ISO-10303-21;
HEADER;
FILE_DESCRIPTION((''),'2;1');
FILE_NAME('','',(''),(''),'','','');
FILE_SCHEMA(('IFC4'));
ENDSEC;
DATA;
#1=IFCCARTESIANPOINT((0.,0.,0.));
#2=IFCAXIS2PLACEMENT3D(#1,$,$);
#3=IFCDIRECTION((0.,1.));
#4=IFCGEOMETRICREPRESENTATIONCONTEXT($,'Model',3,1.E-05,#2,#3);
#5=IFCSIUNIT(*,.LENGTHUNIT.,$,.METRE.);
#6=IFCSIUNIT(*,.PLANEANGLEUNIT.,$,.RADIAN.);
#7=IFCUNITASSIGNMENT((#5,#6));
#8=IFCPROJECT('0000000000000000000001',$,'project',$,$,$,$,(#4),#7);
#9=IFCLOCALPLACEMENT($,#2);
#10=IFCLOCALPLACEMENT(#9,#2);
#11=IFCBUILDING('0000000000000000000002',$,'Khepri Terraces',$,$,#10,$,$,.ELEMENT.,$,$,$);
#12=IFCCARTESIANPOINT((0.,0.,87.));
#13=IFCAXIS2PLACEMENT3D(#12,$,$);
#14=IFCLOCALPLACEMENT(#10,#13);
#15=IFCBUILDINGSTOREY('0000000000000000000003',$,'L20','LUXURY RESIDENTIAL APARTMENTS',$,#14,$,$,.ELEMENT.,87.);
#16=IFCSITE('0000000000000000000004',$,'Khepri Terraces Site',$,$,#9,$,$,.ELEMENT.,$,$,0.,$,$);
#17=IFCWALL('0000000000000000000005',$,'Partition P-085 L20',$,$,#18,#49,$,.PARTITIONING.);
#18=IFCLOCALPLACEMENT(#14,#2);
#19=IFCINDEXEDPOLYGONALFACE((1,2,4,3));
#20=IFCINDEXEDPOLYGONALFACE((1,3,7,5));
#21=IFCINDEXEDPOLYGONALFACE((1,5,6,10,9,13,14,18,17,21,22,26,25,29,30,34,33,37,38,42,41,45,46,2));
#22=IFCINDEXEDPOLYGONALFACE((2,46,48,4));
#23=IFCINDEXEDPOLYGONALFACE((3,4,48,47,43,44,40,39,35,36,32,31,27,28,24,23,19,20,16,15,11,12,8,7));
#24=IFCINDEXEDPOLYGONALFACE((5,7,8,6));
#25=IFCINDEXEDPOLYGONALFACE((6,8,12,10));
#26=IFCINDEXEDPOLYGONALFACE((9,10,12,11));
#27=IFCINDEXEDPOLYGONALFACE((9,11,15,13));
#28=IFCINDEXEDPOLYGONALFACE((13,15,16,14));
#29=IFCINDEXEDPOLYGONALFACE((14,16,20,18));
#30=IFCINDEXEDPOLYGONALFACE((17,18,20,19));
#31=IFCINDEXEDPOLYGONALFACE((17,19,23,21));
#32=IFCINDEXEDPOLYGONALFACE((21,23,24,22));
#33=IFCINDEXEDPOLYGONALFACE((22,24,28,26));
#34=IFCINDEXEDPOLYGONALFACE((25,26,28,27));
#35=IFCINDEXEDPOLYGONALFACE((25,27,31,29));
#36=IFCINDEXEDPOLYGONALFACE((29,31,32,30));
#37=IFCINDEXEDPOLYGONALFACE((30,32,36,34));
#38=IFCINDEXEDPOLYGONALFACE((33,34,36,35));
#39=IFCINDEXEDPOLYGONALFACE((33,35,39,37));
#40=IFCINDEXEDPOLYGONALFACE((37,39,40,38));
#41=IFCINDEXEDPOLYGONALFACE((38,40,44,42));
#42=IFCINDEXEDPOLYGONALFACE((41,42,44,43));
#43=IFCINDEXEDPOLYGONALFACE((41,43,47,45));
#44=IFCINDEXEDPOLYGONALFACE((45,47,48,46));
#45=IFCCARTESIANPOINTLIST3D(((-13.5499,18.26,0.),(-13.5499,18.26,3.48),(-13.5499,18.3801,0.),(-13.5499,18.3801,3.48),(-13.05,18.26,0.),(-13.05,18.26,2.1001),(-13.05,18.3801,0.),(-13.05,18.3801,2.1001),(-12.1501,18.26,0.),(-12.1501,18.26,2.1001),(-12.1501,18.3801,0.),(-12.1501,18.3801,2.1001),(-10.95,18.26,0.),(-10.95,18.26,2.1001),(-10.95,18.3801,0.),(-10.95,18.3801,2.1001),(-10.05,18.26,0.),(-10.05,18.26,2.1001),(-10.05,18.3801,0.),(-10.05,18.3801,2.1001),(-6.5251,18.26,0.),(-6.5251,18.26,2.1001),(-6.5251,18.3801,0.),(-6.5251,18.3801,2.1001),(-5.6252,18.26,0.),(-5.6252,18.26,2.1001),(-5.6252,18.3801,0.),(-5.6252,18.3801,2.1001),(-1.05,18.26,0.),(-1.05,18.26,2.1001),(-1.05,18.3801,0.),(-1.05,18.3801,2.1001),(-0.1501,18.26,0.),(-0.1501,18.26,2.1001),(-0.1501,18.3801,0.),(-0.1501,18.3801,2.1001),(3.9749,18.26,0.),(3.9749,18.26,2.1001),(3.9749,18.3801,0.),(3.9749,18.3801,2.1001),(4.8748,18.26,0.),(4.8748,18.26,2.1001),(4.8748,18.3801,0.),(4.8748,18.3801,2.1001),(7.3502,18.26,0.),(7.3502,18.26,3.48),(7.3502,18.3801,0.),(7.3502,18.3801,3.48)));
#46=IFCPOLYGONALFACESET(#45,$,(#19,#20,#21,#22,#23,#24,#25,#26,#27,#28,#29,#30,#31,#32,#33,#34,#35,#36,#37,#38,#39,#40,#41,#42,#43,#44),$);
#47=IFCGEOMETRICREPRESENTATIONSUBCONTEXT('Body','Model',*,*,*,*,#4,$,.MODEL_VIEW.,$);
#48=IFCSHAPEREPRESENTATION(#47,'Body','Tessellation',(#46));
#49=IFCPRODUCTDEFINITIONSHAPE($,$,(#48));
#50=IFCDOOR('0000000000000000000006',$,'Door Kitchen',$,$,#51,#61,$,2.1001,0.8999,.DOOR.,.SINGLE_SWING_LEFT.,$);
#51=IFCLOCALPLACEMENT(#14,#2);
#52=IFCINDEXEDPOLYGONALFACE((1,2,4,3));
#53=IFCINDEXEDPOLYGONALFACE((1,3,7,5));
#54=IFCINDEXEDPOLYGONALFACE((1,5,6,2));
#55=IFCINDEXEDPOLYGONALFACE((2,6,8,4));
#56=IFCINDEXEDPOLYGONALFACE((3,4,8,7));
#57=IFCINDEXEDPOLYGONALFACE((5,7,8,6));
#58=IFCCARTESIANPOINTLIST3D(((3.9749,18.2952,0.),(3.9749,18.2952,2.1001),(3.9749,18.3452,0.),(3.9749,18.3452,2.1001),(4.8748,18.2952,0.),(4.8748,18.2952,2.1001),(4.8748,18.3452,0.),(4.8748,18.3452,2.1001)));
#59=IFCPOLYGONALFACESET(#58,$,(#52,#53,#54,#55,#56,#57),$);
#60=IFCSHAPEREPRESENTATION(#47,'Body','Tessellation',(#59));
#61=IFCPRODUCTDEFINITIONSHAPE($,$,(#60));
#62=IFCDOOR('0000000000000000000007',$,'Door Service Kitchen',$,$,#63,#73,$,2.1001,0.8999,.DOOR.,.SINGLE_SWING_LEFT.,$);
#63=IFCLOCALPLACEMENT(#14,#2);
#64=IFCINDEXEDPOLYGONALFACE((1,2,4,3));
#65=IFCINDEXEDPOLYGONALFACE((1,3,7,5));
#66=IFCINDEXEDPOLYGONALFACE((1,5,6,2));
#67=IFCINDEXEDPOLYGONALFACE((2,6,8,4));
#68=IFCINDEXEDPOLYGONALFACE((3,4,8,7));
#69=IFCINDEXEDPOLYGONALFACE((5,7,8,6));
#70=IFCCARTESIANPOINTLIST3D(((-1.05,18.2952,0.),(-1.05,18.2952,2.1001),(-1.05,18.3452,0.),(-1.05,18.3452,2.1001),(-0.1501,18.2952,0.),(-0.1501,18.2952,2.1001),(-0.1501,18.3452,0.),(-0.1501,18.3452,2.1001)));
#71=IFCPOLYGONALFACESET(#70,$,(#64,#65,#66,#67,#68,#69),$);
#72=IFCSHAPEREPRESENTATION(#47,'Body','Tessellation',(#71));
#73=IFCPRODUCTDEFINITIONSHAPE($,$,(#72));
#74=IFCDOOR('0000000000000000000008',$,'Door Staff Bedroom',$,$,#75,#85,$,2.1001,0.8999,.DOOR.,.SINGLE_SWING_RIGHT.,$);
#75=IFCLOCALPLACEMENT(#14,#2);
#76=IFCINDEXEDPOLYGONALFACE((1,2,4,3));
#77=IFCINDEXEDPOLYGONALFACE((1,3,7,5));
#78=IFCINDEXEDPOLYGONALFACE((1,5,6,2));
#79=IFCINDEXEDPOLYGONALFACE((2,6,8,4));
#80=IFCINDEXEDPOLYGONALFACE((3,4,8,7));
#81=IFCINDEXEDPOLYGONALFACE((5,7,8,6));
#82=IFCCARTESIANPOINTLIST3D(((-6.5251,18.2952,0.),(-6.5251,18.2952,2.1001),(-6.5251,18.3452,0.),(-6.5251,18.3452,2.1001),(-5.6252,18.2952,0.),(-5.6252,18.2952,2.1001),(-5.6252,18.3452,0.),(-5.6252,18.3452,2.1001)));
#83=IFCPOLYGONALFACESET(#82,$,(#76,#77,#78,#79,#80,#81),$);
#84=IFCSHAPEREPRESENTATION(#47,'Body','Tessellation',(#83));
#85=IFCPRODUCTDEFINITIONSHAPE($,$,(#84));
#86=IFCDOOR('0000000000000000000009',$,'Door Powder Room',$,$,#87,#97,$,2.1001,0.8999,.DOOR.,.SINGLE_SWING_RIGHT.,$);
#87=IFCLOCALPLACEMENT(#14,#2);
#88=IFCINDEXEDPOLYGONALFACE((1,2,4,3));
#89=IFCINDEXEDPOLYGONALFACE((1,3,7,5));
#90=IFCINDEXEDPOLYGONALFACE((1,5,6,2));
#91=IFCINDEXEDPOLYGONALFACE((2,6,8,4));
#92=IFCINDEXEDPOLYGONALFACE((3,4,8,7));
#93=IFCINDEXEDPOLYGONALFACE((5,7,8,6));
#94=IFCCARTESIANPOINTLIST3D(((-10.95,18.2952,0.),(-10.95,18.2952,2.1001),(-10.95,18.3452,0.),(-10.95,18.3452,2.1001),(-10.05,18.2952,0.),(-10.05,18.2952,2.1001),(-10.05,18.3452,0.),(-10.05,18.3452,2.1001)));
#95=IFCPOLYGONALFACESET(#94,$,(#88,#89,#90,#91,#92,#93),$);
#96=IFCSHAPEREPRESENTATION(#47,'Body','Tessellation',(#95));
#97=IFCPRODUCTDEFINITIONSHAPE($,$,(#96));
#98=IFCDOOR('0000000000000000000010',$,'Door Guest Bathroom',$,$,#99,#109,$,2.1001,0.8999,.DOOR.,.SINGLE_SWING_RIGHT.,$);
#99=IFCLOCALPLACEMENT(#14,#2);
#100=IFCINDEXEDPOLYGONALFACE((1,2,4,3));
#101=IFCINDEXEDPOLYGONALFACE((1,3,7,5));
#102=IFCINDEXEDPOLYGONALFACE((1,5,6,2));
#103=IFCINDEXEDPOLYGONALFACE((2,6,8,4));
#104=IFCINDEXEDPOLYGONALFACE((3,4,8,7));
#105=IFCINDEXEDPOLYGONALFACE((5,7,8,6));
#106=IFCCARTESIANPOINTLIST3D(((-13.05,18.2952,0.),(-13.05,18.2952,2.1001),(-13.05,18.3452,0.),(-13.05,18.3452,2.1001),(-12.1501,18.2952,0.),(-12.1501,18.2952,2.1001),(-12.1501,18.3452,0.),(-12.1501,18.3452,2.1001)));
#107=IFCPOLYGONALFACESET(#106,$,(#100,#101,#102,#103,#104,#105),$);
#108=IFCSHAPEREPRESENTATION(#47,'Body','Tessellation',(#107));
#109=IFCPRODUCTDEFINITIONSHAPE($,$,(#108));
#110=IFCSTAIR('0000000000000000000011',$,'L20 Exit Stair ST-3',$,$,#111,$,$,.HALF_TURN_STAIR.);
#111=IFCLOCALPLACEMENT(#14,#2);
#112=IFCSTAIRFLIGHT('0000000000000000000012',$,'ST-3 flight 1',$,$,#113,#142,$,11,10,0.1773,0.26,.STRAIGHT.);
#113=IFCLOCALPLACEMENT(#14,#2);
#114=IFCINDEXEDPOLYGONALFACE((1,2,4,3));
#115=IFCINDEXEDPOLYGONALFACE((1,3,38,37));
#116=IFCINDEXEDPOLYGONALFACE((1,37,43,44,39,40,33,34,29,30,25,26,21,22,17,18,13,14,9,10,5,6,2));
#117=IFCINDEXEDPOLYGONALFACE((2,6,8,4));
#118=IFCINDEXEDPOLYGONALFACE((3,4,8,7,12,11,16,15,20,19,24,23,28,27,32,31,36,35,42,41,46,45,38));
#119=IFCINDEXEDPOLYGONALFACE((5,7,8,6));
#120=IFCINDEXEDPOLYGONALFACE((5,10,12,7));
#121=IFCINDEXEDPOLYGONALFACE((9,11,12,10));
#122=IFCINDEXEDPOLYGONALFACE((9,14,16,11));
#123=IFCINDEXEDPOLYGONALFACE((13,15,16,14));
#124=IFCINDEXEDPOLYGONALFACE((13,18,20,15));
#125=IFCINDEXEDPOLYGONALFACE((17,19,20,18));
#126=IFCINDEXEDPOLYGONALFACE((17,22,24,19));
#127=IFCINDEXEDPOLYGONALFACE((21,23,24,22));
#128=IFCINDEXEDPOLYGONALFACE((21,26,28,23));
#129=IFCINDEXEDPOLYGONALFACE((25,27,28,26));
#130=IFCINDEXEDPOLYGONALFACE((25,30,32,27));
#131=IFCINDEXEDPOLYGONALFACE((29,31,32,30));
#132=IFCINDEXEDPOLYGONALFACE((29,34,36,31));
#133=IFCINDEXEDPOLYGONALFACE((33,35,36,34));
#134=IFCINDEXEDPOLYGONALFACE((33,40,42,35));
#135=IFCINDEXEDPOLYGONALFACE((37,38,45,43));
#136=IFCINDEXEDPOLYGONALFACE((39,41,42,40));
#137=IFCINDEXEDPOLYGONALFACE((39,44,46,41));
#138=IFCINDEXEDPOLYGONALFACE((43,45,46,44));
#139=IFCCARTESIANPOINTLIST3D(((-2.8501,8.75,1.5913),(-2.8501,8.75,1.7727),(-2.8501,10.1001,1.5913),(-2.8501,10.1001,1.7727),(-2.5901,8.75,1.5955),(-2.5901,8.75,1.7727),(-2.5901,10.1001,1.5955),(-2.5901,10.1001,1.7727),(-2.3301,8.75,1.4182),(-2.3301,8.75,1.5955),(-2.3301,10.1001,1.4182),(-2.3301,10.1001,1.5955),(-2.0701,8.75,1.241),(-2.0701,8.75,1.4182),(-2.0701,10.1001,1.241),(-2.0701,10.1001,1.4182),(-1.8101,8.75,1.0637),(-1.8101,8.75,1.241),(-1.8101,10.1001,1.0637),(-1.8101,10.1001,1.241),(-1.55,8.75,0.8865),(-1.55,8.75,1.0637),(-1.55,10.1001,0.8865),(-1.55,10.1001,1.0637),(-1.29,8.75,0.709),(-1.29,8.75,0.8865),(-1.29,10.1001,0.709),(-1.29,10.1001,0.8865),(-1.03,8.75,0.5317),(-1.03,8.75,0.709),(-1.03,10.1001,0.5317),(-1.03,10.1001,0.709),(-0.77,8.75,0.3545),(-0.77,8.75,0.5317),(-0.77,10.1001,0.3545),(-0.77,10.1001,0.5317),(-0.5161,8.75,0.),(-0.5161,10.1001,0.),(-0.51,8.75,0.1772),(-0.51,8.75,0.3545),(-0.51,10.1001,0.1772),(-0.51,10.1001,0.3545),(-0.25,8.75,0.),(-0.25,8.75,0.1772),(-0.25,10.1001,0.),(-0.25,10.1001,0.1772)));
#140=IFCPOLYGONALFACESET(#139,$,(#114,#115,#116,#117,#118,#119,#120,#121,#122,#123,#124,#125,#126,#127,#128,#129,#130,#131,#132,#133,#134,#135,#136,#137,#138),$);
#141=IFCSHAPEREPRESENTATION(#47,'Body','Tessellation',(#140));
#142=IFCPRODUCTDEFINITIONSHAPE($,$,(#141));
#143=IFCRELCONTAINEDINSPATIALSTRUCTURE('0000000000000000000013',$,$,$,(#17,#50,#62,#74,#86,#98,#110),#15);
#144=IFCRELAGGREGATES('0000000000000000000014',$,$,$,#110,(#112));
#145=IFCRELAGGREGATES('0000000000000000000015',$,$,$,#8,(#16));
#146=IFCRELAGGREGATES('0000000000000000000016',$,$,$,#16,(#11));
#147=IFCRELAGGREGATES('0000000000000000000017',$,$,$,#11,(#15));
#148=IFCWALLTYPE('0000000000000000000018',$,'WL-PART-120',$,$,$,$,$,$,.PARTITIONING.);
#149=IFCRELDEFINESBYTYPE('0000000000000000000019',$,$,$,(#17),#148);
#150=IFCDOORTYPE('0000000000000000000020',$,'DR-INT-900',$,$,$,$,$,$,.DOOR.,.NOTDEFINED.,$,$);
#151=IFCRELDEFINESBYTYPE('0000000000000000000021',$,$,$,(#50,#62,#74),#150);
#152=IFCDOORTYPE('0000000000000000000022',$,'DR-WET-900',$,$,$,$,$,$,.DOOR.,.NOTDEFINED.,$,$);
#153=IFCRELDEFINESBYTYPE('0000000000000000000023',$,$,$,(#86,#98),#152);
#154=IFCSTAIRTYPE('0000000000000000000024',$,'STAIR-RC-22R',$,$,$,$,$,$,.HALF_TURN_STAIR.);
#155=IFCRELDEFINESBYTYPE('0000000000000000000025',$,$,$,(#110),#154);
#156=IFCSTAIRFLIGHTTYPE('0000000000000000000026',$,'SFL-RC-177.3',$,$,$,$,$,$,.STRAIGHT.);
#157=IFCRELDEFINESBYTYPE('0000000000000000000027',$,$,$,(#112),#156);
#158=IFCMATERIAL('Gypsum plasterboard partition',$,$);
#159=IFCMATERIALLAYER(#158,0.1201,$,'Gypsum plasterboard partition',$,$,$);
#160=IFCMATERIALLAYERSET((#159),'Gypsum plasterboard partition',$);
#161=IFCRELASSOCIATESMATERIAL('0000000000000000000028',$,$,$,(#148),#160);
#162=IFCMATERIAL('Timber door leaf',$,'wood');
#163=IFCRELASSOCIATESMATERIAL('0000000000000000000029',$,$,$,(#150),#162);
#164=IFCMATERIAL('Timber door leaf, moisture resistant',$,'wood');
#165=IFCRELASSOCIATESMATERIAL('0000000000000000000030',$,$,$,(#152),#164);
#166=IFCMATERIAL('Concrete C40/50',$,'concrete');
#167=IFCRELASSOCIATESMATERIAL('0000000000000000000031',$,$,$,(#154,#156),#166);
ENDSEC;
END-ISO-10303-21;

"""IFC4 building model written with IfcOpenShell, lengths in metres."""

from ifc_helpers import new_model, si_unit, direction, frame, frame_2d, origin, place, context, subcontext, project, spatial, polyline, rectangle, outline, extrude, material, layer, layer_set, type_object, element, fill, aggregate, save


model = new_model("IFC4")

# Units and contexts
model_context = context("Model", 3, precision=1e-05, world=origin(), true_north=direction((0.0, 1.0)))
body_context = subcontext(model_context, "Body", "Model", "MODEL_VIEW")
ifc_project = project(units=[si_unit("LENGTHUNIT", "METRE"), si_unit("PLANEANGLEUNIT", "RADIAN")], contexts=[model_context])

# Site, building, storey
site_placement = place(None, origin())
site = spatial("IfcSite", under=ifc_project, at=site_placement, Name="Khepri Terraces Site", CompositionType="ELEMENT", RefElevation=0.0)
building_placement = place(site_placement, origin())
building = spatial("IfcBuilding", under=site, at=building_placement, Name="Khepri Terraces", CompositionType="ELEMENT")
storey_placement = place(building_placement, frame((0.0, 0.0, 87.0)))
storey = spatial("IfcBuildingStorey", under=building, at=storey_placement, Name="L20", Description="LUXURY RESIDENTIAL APARTMENTS", CompositionType="ELEMENT", Elevation=87.0)

# Shared definitions
ifc_material_1 = material(Name="Gypsum plasterboard partition")
ifc_layer_1 = layer(ifc_material_1, 0.1201, Name="Gypsum plasterboard partition")
ifc_layer_set_1 = layer_set([ifc_layer_1], Name="Gypsum plasterboard partition")
wall_type_1 = type_object("IfcWallType", Name="WL-PART-120", PredefinedType="PARTITIONING", material=ifc_layer_set_1)

# Wall, openings, doors
wall_1_placement = place(storey_placement, frame((-13.55, 18.3201, 0.0), z_axis=(0.0, 0.0, 1.0), x_axis=(1.0, 0.0, 0.0)))
wall_1 = element("IfcWall", 1, at=wall_1_placement, inside=storey, type_object=wall_type_1, Name="Partition P-085 L20", PredefinedType="PARTITIONING", context=body_context, shape_type="SweptSolid", body=[
    extrude(rectangle(XDim=20.9001, YDim=0.1201, at=frame_2d((10.4502, 0.0))), origin(), (0.0, 0.0, 1.0), 3.48),
])
opening_1_placement = place(wall_1_placement, frame((17.5249, 0.0, 0.0)))
opening_1 = element("IfcOpeningElement", 2, at=opening_1_placement, cuts=wall_1, PredefinedType="OPENING", context=body_context, shape_type="SweptSolid", body=[
    extrude(rectangle(XDim=0.8999, YDim=2.1001, at=frame_2d((0.45, 1.05))), frame((0.0, 0.0701, 0.0), z_axis=(0.0, -1.0, 0.0), x_axis=(1.0, 0.0, 0.0)), (0.0, 0.0, 1.0), 0.1401),
])
opening_2_placement = place(wall_1_placement, frame((12.5, 0.0, 0.0)))
opening_2 = element("IfcOpeningElement", 3, at=opening_2_placement, cuts=wall_1, PredefinedType="OPENING", context=body_context, shape_type="SweptSolid", body=[
    extrude(rectangle(XDim=0.8999, YDim=2.1001, at=frame_2d((0.45, 1.05))), frame((0.0, 0.0701, 0.0), z_axis=(0.0, -1.0, 0.0), x_axis=(1.0, 0.0, 0.0)), (0.0, 0.0, 1.0), 0.1401),
])
opening_3_placement = place(wall_1_placement, frame((7.0249, 0.0, 0.0)))
opening_3 = element("IfcOpeningElement", 4, at=opening_3_placement, cuts=wall_1, PredefinedType="OPENING", context=body_context, shape_type="SweptSolid", body=[
    extrude(rectangle(XDim=0.8999, YDim=2.1001, at=frame_2d((0.45, 1.05))), frame((0.0, 0.0701, 0.0), z_axis=(0.0, -1.0, 0.0), x_axis=(1.0, 0.0, 0.0)), (0.0, 0.0, 1.0), 0.1401),
])
opening_4_placement = place(wall_1_placement, frame((2.6001, 0.0, 0.0)))
opening_4 = element("IfcOpeningElement", 5, at=opening_4_placement, cuts=wall_1, PredefinedType="OPENING", context=body_context, shape_type="SweptSolid", body=[
    extrude(rectangle(XDim=0.8999, YDim=2.1001, at=frame_2d((0.45, 1.05))), frame((0.0, 0.0701, 0.0), z_axis=(0.0, -1.0, 0.0), x_axis=(1.0, 0.0, 0.0)), (0.0, 0.0, 1.0), 0.1401),
])
opening_5_placement = place(wall_1_placement, frame((0.5, 0.0, 0.0)))
opening_5 = element("IfcOpeningElement", 6, at=opening_5_placement, cuts=wall_1, PredefinedType="OPENING", context=body_context, shape_type="SweptSolid", body=[
    extrude(rectangle(XDim=0.8999, YDim=2.1001, at=frame_2d((0.45, 1.05))), frame((0.0, 0.0701, 0.0), z_axis=(0.0, -1.0, 0.0), x_axis=(1.0, 0.0, 0.0)), (0.0, 0.0, 1.0), 0.1401),
])
ifc_material_2 = material(Name="Timber door leaf", Category="wood")
door_type_1 = type_object("IfcDoorType", Name="DR-INT-900", OperationType="NOTDEFINED", PredefinedType="DOOR", material=ifc_material_2)
door_1_placement = place(opening_1_placement, frame((0.8999, 0.0, 0.0), z_axis=(0.0, 0.0, 1.0), x_axis=(-1.0, 0.0, 0.0)))
door_1 = element("IfcDoor", 7, at=door_1_placement, inside=storey, type_object=door_type_1, Name="Door Kitchen", OperationType="SINGLE_SWING_LEFT", OverallHeight=2.1001, OverallWidth=0.8999, PredefinedType="DOOR", context=body_context, shape_type="SweptSolid", body=[
    extrude(rectangle(XDim=0.8999, YDim=2.1001, at=frame_2d((0.45, 1.05))), frame((0.0, 0.0249, 0.0), z_axis=(0.0, -1.0, 0.0), x_axis=(1.0, 0.0, 0.0)), (0.0, 0.0, 1.0), 0.05),
])
fill(opening_1, door_1)
door_2_placement = place(opening_2_placement, frame((0.8999, 0.0, 0.0), z_axis=(0.0, 0.0, 1.0), x_axis=(-1.0, 0.0, 0.0)))
door_2 = element("IfcDoor", 8, at=door_2_placement, inside=storey, type_object=door_type_1, Name="Door Service Kitchen", OperationType="SINGLE_SWING_LEFT", OverallHeight=2.1001, OverallWidth=0.8999, PredefinedType="DOOR", context=body_context, shape_type="SweptSolid", body=[
    extrude(rectangle(XDim=0.8999, YDim=2.1001, at=frame_2d((0.45, 1.05))), frame((0.0, 0.0249, 0.0), z_axis=(0.0, -1.0, 0.0), x_axis=(1.0, 0.0, 0.0)), (0.0, 0.0, 1.0), 0.05),
])
fill(opening_2, door_2)
door_3_placement = place(opening_3_placement, frame((0.8999, 0.0, 0.0), z_axis=(0.0, 0.0, 1.0), x_axis=(-1.0, 0.0, 0.0)))
door_3 = element("IfcDoor", 9, at=door_3_placement, inside=storey, type_object=door_type_1, Name="Door Staff Bedroom", OperationType="SINGLE_SWING_RIGHT", OverallHeight=2.1001, OverallWidth=0.8999, PredefinedType="DOOR", context=body_context, shape_type="SweptSolid", body=[
    extrude(rectangle(XDim=0.8999, YDim=2.1001, at=frame_2d((0.45, 1.05))), frame((0.0, 0.0249, 0.0), z_axis=(0.0, -1.0, 0.0), x_axis=(1.0, 0.0, 0.0)), (0.0, 0.0, 1.0), 0.05),
])
fill(opening_3, door_3)
ifc_material_3 = material(Name="Timber door leaf, moisture resistant", Category="wood")
door_type_2 = type_object("IfcDoorType", Name="DR-WET-900", OperationType="NOTDEFINED", PredefinedType="DOOR", material=ifc_material_3)
door_4_placement = place(opening_4_placement, frame((0.8999, 0.0, 0.0), z_axis=(0.0, 0.0, 1.0), x_axis=(-1.0, 0.0, 0.0)))
door_4 = element("IfcDoor", 10, at=door_4_placement, inside=storey, type_object=door_type_2, Name="Door Powder Room", OperationType="SINGLE_SWING_RIGHT", OverallHeight=2.1001, OverallWidth=0.8999, PredefinedType="DOOR", context=body_context, shape_type="SweptSolid", body=[
    extrude(rectangle(XDim=0.8999, YDim=2.1001, at=frame_2d((0.45, 1.05))), frame((0.0, 0.0249, 0.0), z_axis=(0.0, -1.0, 0.0), x_axis=(1.0, 0.0, 0.0)), (0.0, 0.0, 1.0), 0.05),
])
fill(opening_4, door_4)
door_5_placement = place(opening_5_placement, frame((0.8999, 0.0, 0.0), z_axis=(0.0, 0.0, 1.0), x_axis=(-1.0, 0.0, 0.0)))
door_5 = element("IfcDoor", 11, at=door_5_placement, inside=storey, type_object=door_type_2, Name="Door Guest Bathroom", OperationType="SINGLE_SWING_RIGHT", OverallHeight=2.1001, OverallWidth=0.8999, PredefinedType="DOOR", context=body_context, shape_type="SweptSolid", body=[
    extrude(rectangle(XDim=0.8999, YDim=2.1001, at=frame_2d((0.45, 1.05))), frame((0.0, 0.0249, 0.0), z_axis=(0.0, -1.0, 0.0), x_axis=(1.0, 0.0, 0.0)), (0.0, 0.0, 1.0), 0.05),
])
fill(opening_5, door_5)

# Stair, stair flight
ifc_material_4 = material(Name="Concrete C40/50", Category="concrete")
stair_type = type_object("IfcStairType", Name="STAIR-RC-22R", PredefinedType="HALF_TURN_STAIR", material=ifc_material_4)
stair_placement = place(storey_placement, origin())
stair = element("IfcStair", 12, at=stair_placement, inside=storey, type_object=stair_type, Name="L20 Exit Stair ST-3", PredefinedType="HALF_TURN_STAIR")
stair_flight_type = type_object("IfcStairFlightType", Name="SFL-RC-177.3", PredefinedType="STRAIGHT", material=ifc_material_4)
stair_flight_placement = place(storey_placement, frame((-0.25, 9.425, 0.0), z_axis=(0.0, 0.0, 1.0), x_axis=(-1.0, 0.0, 0.0)))
stair_flight = element("IfcStairFlight", 13, at=stair_flight_placement, type_object=stair_flight_type, Name="ST-3 flight 1", NumberOfRisers=11, NumberOfTreads=10, PredefinedType="STRAIGHT", RiserHeight=0.1773, TreadLength=0.26, context=body_context, shape_type="SweptSolid", body=[
    extrude(outline(polyline([(0.0, 0.0), (0.0, 0.1772), (0.26, 0.1772), (0.26, 0.3545), (0.52, 0.3545), (0.52, 0.5317), (0.78, 0.5317), (0.78, 0.709), (1.04, 0.709), (1.04, 0.8865), (1.3, 0.8865), (1.3, 1.0637), (1.5601, 1.0637), (1.5601, 1.241), (1.8201, 1.241), (1.8201, 1.4182), (2.0801, 1.4182), (2.0801, 1.5955), (2.3401, 1.5955), (2.3401, 1.7727), (2.6001, 1.7727), (2.6001, 1.95), (2.6001, 1.5913), (0.2661, 0.0), (0.0, 0.0)])), frame((0.0, 0.675, 0.0), z_axis=(0.0, -1.0, 0.0), x_axis=(1.0, 0.0, 0.0)), (0.0, 0.0, 1.0), 1.3501),
])
aggregate(stair, [stair_flight])

save(model, "model.ifc")
